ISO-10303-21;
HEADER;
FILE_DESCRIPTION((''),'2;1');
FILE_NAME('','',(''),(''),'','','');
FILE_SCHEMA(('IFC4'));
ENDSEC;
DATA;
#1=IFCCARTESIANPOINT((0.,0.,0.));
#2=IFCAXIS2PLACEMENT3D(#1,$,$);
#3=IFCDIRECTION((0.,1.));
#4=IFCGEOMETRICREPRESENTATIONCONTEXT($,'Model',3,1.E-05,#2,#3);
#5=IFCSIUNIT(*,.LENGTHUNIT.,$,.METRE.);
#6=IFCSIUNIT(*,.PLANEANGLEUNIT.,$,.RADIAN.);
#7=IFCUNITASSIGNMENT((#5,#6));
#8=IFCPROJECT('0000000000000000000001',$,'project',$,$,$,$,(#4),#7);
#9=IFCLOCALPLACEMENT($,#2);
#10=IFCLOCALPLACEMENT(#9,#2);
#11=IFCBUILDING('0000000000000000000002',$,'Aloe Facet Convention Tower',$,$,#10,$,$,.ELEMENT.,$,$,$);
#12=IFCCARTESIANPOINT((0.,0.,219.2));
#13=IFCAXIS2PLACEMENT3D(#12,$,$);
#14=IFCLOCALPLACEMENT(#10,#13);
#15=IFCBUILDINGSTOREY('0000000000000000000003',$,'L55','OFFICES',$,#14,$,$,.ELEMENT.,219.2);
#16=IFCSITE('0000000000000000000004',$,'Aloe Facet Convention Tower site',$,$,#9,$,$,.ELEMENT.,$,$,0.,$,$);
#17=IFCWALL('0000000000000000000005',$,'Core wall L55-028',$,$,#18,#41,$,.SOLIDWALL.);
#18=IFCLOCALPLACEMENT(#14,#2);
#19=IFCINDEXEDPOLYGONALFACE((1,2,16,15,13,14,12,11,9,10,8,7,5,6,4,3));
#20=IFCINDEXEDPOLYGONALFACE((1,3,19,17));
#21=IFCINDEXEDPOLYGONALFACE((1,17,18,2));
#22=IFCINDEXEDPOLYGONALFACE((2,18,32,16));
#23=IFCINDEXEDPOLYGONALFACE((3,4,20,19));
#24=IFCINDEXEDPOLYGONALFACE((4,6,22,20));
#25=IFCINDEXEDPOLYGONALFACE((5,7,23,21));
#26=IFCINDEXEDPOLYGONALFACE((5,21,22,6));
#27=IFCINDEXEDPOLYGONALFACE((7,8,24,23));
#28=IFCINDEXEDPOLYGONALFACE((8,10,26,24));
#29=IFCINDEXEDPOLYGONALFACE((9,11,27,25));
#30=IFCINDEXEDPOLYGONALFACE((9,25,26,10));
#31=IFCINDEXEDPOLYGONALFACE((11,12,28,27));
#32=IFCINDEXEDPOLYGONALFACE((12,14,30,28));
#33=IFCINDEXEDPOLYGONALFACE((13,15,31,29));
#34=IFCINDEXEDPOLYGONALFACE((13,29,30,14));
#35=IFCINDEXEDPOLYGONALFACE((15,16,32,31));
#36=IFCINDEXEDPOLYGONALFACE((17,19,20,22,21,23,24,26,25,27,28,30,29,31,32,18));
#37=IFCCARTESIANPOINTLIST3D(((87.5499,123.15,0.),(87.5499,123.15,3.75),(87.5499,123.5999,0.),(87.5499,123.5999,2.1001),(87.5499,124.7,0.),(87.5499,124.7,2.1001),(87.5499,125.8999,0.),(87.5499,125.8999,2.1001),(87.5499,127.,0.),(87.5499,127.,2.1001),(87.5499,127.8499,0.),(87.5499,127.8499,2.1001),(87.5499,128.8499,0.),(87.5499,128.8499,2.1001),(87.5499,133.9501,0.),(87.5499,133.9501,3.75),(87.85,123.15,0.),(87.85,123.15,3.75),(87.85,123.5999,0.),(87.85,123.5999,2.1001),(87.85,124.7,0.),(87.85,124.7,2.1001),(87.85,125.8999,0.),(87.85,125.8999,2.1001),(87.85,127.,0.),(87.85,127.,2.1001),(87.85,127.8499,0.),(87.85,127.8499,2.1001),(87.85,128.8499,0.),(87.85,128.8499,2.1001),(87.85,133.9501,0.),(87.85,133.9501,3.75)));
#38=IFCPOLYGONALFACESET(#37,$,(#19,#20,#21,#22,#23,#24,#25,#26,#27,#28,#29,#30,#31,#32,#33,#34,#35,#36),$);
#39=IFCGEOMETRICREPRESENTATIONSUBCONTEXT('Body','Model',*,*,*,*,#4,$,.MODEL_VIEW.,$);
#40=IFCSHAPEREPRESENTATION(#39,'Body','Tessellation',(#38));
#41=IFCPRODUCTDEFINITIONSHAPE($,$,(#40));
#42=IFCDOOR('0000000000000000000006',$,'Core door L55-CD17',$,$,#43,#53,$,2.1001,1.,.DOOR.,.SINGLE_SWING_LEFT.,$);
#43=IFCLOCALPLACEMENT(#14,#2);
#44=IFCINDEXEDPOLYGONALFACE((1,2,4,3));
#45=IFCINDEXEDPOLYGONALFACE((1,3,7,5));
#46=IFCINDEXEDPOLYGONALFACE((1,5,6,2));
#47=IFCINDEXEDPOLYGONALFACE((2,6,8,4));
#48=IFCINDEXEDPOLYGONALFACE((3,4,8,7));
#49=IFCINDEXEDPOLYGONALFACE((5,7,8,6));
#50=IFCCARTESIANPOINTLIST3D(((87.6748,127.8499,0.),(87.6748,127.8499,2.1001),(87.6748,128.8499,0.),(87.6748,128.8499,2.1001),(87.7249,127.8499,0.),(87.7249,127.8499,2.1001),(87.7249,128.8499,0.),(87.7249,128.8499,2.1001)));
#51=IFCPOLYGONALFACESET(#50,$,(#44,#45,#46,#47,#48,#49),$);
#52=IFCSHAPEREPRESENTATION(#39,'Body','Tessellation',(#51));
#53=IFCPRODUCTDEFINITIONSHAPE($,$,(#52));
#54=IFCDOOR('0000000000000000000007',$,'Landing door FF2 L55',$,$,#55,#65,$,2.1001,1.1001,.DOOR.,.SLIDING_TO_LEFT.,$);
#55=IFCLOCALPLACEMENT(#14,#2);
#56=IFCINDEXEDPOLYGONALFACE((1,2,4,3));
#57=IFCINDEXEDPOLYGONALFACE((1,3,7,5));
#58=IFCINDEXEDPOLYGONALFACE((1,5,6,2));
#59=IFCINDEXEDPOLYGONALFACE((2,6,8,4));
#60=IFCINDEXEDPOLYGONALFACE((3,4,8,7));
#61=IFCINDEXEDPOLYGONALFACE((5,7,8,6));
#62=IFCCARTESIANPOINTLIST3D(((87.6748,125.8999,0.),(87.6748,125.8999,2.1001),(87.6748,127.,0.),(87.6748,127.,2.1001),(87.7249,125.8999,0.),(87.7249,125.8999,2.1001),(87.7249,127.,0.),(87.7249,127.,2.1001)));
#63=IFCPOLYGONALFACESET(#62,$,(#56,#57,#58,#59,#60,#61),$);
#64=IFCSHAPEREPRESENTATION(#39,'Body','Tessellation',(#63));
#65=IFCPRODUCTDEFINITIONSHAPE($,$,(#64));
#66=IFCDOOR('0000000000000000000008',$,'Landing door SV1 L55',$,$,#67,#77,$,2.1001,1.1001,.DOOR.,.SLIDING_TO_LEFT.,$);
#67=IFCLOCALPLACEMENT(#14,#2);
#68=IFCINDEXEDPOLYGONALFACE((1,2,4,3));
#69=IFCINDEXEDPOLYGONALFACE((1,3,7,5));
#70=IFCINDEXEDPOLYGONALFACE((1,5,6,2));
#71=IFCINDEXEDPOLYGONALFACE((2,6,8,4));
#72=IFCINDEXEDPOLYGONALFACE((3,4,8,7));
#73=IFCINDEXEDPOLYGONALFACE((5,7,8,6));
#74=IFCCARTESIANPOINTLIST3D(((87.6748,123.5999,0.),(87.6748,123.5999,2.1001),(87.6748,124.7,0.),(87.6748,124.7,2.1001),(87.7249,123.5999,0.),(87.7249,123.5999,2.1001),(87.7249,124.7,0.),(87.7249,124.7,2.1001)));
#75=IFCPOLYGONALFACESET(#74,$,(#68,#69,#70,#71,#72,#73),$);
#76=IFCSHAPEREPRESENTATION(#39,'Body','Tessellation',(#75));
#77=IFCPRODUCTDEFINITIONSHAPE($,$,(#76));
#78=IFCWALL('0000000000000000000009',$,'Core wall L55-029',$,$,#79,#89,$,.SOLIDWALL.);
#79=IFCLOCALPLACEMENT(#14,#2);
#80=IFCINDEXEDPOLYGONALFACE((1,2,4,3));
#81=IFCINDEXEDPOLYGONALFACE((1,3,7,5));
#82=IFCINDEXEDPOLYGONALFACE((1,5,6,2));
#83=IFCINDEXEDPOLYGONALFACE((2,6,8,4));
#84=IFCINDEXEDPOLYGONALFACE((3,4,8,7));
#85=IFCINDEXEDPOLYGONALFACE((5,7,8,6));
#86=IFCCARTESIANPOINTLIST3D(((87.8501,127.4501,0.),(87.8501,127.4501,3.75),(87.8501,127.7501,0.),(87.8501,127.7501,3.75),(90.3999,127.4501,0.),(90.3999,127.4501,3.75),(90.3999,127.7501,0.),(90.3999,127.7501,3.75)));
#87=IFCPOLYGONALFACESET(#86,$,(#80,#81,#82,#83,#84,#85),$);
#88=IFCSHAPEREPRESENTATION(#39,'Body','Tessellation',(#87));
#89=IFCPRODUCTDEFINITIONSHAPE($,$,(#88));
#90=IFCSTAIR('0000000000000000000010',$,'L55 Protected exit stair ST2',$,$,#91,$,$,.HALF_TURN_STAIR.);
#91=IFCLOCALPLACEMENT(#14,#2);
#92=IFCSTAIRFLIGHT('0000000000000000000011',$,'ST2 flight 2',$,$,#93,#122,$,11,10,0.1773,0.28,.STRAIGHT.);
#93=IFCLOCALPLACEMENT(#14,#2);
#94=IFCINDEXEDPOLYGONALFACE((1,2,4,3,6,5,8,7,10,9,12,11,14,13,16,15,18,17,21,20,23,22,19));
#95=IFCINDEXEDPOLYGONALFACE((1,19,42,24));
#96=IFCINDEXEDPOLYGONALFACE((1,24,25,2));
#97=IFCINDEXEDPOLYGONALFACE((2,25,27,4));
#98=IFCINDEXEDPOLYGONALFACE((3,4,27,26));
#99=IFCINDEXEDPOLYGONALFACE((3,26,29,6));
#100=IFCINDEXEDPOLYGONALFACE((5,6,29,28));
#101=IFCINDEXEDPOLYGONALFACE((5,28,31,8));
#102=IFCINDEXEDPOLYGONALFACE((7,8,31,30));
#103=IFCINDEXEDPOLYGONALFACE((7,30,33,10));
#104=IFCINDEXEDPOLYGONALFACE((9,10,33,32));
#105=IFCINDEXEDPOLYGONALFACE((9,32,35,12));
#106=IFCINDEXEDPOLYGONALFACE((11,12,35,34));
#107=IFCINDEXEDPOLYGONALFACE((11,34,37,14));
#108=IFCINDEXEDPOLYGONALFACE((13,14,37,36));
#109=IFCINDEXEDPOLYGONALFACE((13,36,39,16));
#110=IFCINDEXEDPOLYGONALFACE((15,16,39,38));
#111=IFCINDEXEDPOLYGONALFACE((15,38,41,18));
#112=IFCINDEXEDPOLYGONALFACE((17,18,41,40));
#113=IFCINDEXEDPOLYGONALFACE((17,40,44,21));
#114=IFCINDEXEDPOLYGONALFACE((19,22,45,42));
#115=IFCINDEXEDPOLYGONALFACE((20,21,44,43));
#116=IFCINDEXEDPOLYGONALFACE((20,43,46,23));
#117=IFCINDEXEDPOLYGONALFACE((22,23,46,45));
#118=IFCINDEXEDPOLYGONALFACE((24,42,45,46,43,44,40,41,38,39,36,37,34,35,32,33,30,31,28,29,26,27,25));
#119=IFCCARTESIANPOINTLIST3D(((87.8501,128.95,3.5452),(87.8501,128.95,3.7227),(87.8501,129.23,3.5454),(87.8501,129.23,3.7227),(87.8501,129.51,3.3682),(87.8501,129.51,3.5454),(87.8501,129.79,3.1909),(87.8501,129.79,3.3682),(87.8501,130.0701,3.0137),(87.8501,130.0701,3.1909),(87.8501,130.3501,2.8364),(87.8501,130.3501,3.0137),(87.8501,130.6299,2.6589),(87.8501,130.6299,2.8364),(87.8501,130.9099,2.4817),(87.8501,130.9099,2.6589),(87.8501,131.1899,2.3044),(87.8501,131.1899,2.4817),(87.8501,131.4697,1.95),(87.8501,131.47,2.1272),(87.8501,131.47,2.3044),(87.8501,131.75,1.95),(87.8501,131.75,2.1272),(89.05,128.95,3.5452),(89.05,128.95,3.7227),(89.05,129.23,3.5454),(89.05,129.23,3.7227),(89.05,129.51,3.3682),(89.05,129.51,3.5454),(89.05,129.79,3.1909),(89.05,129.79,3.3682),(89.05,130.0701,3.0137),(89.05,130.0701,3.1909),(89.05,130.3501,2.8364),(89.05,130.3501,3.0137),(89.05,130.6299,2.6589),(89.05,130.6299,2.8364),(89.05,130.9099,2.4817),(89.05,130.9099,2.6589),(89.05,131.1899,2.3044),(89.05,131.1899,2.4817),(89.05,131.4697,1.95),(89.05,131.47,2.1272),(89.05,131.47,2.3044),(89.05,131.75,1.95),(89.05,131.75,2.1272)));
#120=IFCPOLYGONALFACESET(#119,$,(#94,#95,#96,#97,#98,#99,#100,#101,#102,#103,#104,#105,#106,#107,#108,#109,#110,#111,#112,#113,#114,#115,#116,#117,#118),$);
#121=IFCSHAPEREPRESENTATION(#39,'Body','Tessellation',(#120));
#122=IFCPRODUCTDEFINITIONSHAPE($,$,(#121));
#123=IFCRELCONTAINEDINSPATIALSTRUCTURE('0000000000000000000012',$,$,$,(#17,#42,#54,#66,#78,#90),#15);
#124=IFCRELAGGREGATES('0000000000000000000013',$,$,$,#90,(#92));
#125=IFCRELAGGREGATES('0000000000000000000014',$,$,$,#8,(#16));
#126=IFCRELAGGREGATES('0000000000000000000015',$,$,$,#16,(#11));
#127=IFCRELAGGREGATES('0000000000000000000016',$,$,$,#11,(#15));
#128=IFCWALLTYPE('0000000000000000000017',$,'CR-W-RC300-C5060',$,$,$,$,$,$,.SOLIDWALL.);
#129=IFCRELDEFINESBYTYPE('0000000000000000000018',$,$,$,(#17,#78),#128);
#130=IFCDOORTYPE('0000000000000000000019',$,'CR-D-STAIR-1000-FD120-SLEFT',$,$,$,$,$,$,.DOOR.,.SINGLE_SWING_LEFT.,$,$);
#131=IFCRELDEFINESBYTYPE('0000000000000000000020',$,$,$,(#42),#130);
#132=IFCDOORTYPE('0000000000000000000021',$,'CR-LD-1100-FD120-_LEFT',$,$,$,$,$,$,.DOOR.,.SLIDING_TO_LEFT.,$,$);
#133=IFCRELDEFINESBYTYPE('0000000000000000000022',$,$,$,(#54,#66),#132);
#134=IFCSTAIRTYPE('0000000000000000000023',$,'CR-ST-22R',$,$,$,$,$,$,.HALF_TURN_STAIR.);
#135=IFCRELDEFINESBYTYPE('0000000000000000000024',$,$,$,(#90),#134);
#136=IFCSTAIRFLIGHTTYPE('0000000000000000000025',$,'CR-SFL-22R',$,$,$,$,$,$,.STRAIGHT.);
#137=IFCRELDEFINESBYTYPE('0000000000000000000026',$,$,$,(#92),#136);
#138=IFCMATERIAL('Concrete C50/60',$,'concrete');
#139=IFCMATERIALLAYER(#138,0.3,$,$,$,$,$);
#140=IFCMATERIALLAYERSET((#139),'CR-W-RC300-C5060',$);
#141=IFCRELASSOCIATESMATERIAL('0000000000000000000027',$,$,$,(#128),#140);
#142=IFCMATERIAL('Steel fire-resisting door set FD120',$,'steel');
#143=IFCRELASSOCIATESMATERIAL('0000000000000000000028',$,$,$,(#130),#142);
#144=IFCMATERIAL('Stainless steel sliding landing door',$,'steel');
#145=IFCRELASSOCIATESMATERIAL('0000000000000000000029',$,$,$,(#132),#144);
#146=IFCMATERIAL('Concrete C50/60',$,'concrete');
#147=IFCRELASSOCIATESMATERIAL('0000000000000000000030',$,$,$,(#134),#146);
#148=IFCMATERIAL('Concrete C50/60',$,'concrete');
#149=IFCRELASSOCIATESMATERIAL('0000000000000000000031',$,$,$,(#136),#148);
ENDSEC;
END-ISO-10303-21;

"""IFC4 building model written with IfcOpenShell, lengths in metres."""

from ifc_helpers import new_model, si_unit, direction, frame, frame_2d, origin, place, context, subcontext, project, spatial, polyline, rectangle, outline, extrude, material, layer, layer_set, type_object, element, fill, aggregate, save


model = new_model("IFC4")

# Units and contexts
model_context = context("Model", 3, precision=1e-05, world=origin(), true_north=direction((0.0, 1.0)))
body_context = subcontext(model_context, "Body", "Model", "MODEL_VIEW")
ifc_project = project(units=[si_unit("LENGTHUNIT", "METRE"), si_unit("PLANEANGLEUNIT", "RADIAN")], contexts=[model_context])

# Site, building, storey
site_placement = place(None, origin())
site = spatial("IfcSite", under=ifc_project, at=site_placement, Name="Aloe Facet Convention Tower site", CompositionType="ELEMENT", RefElevation=0.0)
building_placement = place(site_placement, origin())
building = spatial("IfcBuilding", under=site, at=building_placement, Name="Aloe Facet Convention Tower", CompositionType="ELEMENT")
storey_placement = place(building_placement, frame((0.0, 0.0, 219.2)))
storey = spatial("IfcBuildingStorey", under=building, at=storey_placement, Name="L55", Description="OFFICES", CompositionType="ELEMENT", Elevation=219.2)

# Shared definitions
ifc_material_1 = material(Name="Concrete C50/60", Category="concrete")
ifc_layer_1 = layer(ifc_material_1, 0.3)
ifc_layer_set_1 = layer_set([ifc_layer_1], Name="CR-W-RC300-C5060")
wall_type_1 = type_object("IfcWallType", Name="CR-W-RC300-C5060", PredefinedType="SOLIDWALL", material=ifc_layer_set_1)

# Wall, openings, doors
wall_1_placement = place(storey_placement, frame((87.7, 133.95, 0.0), z_axis=(0.0, 0.0, 1.0), x_axis=(0.0, -1.0, 0.0)))
wall_1 = element("IfcWall", 1, at=wall_1_placement, inside=storey, type_object=wall_type_1, Name="Core wall L55-028", PredefinedType="SOLIDWALL", context=body_context, shape_type="SweptSolid", body=[
    extrude(rectangle(XDim=10.8, YDim=0.3, at=frame_2d((5.3999, 0.0))), origin(), (0.0, 0.0, 1.0), 3.75),
])
opening_1_placement = place(wall_1_placement, frame((6.95, 0.0, 0.0)))
opening_1 = element("IfcOpeningElement", 2, at=opening_1_placement, cuts=wall_1, PredefinedType="OPENING", context=body_context, shape_type="SweptSolid", body=[
    extrude(rectangle(XDim=1.1001, YDim=2.1001, at=frame_2d((0.55, 1.05))), frame((0.0, 0.1602, 0.0), z_axis=(0.0, -1.0, 0.0), x_axis=(1.0, 0.0, 0.0)), (0.0, 0.0, 1.0), 0.3201),
])
opening_2_placement = place(wall_1_placement, frame((5.1001, 0.0, 0.0)))
opening_2 = element("IfcOpeningElement", 3, at=opening_2_placement, cuts=wall_1, PredefinedType="OPENING", context=body_context, shape_type="SweptSolid", body=[
    extrude(rectangle(XDim=1.0, YDim=2.1001, at=frame_2d((0.5, 1.05))), frame((0.0, 0.1602, 0.0), z_axis=(0.0, -1.0, 0.0), x_axis=(1.0, 0.0, 0.0)), (0.0, 0.0, 1.0), 0.3201),
])
opening_3_placement = place(wall_1_placement, frame((9.25, 0.0, 0.0)))
opening_3 = element("IfcOpeningElement", 4, at=opening_3_placement, cuts=wall_1, PredefinedType="OPENING", context=body_context, shape_type="SweptSolid", body=[
    extrude(rectangle(XDim=1.1001, YDim=2.1001, at=frame_2d((0.55, 1.05))), frame((0.0, 0.1602, 0.0), z_axis=(0.0, -1.0, 0.0), x_axis=(1.0, 0.0, 0.0)), (0.0, 0.0, 1.0), 0.3201),
])
ifc_material_2 = material(Name="Steel fire-resisting door set FD120", Category="steel")
door_type_1 = type_object("IfcDoorType", Name="CR-D-STAIR-1000-FD120-SLEFT", OperationType="SINGLE_SWING_LEFT", PredefinedType="DOOR", material=ifc_material_2)
door_1_placement = place(opening_2_placement, origin())
door_1 = element("IfcDoor", 5, at=door_1_placement, inside=storey, type_object=door_type_1, Name="Core door L55-CD17", OperationType="SINGLE_SWING_LEFT", OverallHeight=2.1001, OverallWidth=1.0, PredefinedType="DOOR", context=body_context, shape_type="SweptSolid", body=[
    extrude(rectangle(XDim=1.0, YDim=2.1001, at=frame_2d((0.5, 1.05))), frame((0.0, 0.0249, 0.0), z_axis=(0.0, -1.0, 0.0), x_axis=(1.0, 0.0, 0.0)), (0.0, 0.0, 1.0), 0.05),
])
fill(opening_2, door_1)
ifc_material_3 = material(Name="Stainless steel sliding landing door", Category="steel")
door_type_2 = type_object("IfcDoorType", Name="CR-LD-1100-FD120-_LEFT", OperationType="SLIDING_TO_LEFT", PredefinedType="DOOR", material=ifc_material_3)
door_2_placement = place(opening_1_placement, origin())
door_2 = element("IfcDoor", 6, at=door_2_placement, inside=storey, type_object=door_type_2, Name="Landing door FF2 L55", OperationType="SLIDING_TO_LEFT", OverallHeight=2.1001, OverallWidth=1.1001, PredefinedType="DOOR", context=body_context, shape_type="SweptSolid", body=[
    extrude(rectangle(XDim=1.1001, YDim=2.1001, at=frame_2d((0.55, 1.05))), frame((0.0, 0.0249, 0.0), z_axis=(0.0, -1.0, 0.0), x_axis=(1.0, 0.0, 0.0)), (0.0, 0.0, 1.0), 0.05),
])
fill(opening_1, door_2)
door_3_placement = place(opening_3_placement, origin())
door_3 = element("IfcDoor", 7, at=door_3_placement, inside=storey, type_object=door_type_2, Name="Landing door SV1 L55", OperationType="SLIDING_TO_LEFT", OverallHeight=2.1001, OverallWidth=1.1001, PredefinedType="DOOR", context=body_context, shape_type="SweptSolid", body=[
    extrude(rectangle(XDim=1.1001, YDim=2.1001, at=frame_2d((0.55, 1.05))), frame((0.0, 0.0249, 0.0), z_axis=(0.0, -1.0, 0.0), x_axis=(1.0, 0.0, 0.0)), (0.0, 0.0, 1.0), 0.05),
])
fill(opening_3, door_3)

# Wall
wall_2_placement = place(storey_placement, frame((87.8501, 127.6001, 0.0), z_axis=(0.0, 0.0, 1.0), x_axis=(1.0, 0.0, 0.0)))
element("IfcWall", 8, at=wall_2_placement, inside=storey, type_object=wall_type_1, Name="Core wall L55-029", PredefinedType="SOLIDWALL", context=body_context, shape_type="SweptSolid", body=[
    extrude(rectangle(XDim=2.5498, YDim=0.3, at=frame_2d((1.2749, 0.0))), origin(), (0.0, 0.0, 1.0), 3.75),
])

# Stair, stair flight
ifc_material_4 = material(Name="Concrete C50/60", Category="concrete")
stair_type = type_object("IfcStairType", Name="CR-ST-22R", PredefinedType="HALF_TURN_STAIR", material=ifc_material_4)
stair_placement = place(storey_placement, origin())
stair = element("IfcStair", 9, at=stair_placement, inside=storey, type_object=stair_type, Name="L55 Protected exit stair ST2", PredefinedType="HALF_TURN_STAIR")
ifc_material_5 = material(Name="Concrete C50/60", Category="concrete")
stair_flight_type = type_object("IfcStairFlightType", Name="CR-SFL-22R", PredefinedType="STRAIGHT", material=ifc_material_5)
stair_flight_placement = place(storey_placement, frame((88.45, 131.75, 1.95), z_axis=(0.0, 0.0, 1.0), x_axis=(0.0, -1.0, 0.0)))
stair_flight = element("IfcStairFlight", 10, at=stair_flight_placement, type_object=stair_flight_type, Name="ST2 flight 2", NumberOfRisers=11, NumberOfTreads=10, PredefinedType="STRAIGHT", RiserHeight=0.1773, TreadLength=0.28, context=body_context, shape_type="SweptSolid", body=[
    extrude(outline(polyline([(0.0, 0.0), (0.0, 0.1772), (0.28, 0.1772), (0.28, 0.3545), (0.5601, 0.3545), (0.5601, 0.5317), (0.8401, 0.5317), (0.8401, 0.709), (1.1201, 0.709), (1.1201, 0.8865), (1.3999, 0.8865), (1.3999, 1.0637), (1.6799, 1.0637), (1.6799, 1.241), (1.96, 1.241), (1.96, 1.4182), (2.24, 1.4182), (2.24, 1.5955), (2.52, 1.5955), (2.52, 1.7727), (2.8, 1.7727), (2.8, 1.95), (2.8, 1.5952), (0.2803, 0.0), (0.0, 0.0)])), frame((0.0, 0.6001, 0.0), z_axis=(0.0, -1.0, 0.0), x_axis=(1.0, 0.0, 0.0)), (0.0, 0.0, 1.0), 1.2),
])
aggregate(stair, [stair_flight])

save(model, "model.ifc")
